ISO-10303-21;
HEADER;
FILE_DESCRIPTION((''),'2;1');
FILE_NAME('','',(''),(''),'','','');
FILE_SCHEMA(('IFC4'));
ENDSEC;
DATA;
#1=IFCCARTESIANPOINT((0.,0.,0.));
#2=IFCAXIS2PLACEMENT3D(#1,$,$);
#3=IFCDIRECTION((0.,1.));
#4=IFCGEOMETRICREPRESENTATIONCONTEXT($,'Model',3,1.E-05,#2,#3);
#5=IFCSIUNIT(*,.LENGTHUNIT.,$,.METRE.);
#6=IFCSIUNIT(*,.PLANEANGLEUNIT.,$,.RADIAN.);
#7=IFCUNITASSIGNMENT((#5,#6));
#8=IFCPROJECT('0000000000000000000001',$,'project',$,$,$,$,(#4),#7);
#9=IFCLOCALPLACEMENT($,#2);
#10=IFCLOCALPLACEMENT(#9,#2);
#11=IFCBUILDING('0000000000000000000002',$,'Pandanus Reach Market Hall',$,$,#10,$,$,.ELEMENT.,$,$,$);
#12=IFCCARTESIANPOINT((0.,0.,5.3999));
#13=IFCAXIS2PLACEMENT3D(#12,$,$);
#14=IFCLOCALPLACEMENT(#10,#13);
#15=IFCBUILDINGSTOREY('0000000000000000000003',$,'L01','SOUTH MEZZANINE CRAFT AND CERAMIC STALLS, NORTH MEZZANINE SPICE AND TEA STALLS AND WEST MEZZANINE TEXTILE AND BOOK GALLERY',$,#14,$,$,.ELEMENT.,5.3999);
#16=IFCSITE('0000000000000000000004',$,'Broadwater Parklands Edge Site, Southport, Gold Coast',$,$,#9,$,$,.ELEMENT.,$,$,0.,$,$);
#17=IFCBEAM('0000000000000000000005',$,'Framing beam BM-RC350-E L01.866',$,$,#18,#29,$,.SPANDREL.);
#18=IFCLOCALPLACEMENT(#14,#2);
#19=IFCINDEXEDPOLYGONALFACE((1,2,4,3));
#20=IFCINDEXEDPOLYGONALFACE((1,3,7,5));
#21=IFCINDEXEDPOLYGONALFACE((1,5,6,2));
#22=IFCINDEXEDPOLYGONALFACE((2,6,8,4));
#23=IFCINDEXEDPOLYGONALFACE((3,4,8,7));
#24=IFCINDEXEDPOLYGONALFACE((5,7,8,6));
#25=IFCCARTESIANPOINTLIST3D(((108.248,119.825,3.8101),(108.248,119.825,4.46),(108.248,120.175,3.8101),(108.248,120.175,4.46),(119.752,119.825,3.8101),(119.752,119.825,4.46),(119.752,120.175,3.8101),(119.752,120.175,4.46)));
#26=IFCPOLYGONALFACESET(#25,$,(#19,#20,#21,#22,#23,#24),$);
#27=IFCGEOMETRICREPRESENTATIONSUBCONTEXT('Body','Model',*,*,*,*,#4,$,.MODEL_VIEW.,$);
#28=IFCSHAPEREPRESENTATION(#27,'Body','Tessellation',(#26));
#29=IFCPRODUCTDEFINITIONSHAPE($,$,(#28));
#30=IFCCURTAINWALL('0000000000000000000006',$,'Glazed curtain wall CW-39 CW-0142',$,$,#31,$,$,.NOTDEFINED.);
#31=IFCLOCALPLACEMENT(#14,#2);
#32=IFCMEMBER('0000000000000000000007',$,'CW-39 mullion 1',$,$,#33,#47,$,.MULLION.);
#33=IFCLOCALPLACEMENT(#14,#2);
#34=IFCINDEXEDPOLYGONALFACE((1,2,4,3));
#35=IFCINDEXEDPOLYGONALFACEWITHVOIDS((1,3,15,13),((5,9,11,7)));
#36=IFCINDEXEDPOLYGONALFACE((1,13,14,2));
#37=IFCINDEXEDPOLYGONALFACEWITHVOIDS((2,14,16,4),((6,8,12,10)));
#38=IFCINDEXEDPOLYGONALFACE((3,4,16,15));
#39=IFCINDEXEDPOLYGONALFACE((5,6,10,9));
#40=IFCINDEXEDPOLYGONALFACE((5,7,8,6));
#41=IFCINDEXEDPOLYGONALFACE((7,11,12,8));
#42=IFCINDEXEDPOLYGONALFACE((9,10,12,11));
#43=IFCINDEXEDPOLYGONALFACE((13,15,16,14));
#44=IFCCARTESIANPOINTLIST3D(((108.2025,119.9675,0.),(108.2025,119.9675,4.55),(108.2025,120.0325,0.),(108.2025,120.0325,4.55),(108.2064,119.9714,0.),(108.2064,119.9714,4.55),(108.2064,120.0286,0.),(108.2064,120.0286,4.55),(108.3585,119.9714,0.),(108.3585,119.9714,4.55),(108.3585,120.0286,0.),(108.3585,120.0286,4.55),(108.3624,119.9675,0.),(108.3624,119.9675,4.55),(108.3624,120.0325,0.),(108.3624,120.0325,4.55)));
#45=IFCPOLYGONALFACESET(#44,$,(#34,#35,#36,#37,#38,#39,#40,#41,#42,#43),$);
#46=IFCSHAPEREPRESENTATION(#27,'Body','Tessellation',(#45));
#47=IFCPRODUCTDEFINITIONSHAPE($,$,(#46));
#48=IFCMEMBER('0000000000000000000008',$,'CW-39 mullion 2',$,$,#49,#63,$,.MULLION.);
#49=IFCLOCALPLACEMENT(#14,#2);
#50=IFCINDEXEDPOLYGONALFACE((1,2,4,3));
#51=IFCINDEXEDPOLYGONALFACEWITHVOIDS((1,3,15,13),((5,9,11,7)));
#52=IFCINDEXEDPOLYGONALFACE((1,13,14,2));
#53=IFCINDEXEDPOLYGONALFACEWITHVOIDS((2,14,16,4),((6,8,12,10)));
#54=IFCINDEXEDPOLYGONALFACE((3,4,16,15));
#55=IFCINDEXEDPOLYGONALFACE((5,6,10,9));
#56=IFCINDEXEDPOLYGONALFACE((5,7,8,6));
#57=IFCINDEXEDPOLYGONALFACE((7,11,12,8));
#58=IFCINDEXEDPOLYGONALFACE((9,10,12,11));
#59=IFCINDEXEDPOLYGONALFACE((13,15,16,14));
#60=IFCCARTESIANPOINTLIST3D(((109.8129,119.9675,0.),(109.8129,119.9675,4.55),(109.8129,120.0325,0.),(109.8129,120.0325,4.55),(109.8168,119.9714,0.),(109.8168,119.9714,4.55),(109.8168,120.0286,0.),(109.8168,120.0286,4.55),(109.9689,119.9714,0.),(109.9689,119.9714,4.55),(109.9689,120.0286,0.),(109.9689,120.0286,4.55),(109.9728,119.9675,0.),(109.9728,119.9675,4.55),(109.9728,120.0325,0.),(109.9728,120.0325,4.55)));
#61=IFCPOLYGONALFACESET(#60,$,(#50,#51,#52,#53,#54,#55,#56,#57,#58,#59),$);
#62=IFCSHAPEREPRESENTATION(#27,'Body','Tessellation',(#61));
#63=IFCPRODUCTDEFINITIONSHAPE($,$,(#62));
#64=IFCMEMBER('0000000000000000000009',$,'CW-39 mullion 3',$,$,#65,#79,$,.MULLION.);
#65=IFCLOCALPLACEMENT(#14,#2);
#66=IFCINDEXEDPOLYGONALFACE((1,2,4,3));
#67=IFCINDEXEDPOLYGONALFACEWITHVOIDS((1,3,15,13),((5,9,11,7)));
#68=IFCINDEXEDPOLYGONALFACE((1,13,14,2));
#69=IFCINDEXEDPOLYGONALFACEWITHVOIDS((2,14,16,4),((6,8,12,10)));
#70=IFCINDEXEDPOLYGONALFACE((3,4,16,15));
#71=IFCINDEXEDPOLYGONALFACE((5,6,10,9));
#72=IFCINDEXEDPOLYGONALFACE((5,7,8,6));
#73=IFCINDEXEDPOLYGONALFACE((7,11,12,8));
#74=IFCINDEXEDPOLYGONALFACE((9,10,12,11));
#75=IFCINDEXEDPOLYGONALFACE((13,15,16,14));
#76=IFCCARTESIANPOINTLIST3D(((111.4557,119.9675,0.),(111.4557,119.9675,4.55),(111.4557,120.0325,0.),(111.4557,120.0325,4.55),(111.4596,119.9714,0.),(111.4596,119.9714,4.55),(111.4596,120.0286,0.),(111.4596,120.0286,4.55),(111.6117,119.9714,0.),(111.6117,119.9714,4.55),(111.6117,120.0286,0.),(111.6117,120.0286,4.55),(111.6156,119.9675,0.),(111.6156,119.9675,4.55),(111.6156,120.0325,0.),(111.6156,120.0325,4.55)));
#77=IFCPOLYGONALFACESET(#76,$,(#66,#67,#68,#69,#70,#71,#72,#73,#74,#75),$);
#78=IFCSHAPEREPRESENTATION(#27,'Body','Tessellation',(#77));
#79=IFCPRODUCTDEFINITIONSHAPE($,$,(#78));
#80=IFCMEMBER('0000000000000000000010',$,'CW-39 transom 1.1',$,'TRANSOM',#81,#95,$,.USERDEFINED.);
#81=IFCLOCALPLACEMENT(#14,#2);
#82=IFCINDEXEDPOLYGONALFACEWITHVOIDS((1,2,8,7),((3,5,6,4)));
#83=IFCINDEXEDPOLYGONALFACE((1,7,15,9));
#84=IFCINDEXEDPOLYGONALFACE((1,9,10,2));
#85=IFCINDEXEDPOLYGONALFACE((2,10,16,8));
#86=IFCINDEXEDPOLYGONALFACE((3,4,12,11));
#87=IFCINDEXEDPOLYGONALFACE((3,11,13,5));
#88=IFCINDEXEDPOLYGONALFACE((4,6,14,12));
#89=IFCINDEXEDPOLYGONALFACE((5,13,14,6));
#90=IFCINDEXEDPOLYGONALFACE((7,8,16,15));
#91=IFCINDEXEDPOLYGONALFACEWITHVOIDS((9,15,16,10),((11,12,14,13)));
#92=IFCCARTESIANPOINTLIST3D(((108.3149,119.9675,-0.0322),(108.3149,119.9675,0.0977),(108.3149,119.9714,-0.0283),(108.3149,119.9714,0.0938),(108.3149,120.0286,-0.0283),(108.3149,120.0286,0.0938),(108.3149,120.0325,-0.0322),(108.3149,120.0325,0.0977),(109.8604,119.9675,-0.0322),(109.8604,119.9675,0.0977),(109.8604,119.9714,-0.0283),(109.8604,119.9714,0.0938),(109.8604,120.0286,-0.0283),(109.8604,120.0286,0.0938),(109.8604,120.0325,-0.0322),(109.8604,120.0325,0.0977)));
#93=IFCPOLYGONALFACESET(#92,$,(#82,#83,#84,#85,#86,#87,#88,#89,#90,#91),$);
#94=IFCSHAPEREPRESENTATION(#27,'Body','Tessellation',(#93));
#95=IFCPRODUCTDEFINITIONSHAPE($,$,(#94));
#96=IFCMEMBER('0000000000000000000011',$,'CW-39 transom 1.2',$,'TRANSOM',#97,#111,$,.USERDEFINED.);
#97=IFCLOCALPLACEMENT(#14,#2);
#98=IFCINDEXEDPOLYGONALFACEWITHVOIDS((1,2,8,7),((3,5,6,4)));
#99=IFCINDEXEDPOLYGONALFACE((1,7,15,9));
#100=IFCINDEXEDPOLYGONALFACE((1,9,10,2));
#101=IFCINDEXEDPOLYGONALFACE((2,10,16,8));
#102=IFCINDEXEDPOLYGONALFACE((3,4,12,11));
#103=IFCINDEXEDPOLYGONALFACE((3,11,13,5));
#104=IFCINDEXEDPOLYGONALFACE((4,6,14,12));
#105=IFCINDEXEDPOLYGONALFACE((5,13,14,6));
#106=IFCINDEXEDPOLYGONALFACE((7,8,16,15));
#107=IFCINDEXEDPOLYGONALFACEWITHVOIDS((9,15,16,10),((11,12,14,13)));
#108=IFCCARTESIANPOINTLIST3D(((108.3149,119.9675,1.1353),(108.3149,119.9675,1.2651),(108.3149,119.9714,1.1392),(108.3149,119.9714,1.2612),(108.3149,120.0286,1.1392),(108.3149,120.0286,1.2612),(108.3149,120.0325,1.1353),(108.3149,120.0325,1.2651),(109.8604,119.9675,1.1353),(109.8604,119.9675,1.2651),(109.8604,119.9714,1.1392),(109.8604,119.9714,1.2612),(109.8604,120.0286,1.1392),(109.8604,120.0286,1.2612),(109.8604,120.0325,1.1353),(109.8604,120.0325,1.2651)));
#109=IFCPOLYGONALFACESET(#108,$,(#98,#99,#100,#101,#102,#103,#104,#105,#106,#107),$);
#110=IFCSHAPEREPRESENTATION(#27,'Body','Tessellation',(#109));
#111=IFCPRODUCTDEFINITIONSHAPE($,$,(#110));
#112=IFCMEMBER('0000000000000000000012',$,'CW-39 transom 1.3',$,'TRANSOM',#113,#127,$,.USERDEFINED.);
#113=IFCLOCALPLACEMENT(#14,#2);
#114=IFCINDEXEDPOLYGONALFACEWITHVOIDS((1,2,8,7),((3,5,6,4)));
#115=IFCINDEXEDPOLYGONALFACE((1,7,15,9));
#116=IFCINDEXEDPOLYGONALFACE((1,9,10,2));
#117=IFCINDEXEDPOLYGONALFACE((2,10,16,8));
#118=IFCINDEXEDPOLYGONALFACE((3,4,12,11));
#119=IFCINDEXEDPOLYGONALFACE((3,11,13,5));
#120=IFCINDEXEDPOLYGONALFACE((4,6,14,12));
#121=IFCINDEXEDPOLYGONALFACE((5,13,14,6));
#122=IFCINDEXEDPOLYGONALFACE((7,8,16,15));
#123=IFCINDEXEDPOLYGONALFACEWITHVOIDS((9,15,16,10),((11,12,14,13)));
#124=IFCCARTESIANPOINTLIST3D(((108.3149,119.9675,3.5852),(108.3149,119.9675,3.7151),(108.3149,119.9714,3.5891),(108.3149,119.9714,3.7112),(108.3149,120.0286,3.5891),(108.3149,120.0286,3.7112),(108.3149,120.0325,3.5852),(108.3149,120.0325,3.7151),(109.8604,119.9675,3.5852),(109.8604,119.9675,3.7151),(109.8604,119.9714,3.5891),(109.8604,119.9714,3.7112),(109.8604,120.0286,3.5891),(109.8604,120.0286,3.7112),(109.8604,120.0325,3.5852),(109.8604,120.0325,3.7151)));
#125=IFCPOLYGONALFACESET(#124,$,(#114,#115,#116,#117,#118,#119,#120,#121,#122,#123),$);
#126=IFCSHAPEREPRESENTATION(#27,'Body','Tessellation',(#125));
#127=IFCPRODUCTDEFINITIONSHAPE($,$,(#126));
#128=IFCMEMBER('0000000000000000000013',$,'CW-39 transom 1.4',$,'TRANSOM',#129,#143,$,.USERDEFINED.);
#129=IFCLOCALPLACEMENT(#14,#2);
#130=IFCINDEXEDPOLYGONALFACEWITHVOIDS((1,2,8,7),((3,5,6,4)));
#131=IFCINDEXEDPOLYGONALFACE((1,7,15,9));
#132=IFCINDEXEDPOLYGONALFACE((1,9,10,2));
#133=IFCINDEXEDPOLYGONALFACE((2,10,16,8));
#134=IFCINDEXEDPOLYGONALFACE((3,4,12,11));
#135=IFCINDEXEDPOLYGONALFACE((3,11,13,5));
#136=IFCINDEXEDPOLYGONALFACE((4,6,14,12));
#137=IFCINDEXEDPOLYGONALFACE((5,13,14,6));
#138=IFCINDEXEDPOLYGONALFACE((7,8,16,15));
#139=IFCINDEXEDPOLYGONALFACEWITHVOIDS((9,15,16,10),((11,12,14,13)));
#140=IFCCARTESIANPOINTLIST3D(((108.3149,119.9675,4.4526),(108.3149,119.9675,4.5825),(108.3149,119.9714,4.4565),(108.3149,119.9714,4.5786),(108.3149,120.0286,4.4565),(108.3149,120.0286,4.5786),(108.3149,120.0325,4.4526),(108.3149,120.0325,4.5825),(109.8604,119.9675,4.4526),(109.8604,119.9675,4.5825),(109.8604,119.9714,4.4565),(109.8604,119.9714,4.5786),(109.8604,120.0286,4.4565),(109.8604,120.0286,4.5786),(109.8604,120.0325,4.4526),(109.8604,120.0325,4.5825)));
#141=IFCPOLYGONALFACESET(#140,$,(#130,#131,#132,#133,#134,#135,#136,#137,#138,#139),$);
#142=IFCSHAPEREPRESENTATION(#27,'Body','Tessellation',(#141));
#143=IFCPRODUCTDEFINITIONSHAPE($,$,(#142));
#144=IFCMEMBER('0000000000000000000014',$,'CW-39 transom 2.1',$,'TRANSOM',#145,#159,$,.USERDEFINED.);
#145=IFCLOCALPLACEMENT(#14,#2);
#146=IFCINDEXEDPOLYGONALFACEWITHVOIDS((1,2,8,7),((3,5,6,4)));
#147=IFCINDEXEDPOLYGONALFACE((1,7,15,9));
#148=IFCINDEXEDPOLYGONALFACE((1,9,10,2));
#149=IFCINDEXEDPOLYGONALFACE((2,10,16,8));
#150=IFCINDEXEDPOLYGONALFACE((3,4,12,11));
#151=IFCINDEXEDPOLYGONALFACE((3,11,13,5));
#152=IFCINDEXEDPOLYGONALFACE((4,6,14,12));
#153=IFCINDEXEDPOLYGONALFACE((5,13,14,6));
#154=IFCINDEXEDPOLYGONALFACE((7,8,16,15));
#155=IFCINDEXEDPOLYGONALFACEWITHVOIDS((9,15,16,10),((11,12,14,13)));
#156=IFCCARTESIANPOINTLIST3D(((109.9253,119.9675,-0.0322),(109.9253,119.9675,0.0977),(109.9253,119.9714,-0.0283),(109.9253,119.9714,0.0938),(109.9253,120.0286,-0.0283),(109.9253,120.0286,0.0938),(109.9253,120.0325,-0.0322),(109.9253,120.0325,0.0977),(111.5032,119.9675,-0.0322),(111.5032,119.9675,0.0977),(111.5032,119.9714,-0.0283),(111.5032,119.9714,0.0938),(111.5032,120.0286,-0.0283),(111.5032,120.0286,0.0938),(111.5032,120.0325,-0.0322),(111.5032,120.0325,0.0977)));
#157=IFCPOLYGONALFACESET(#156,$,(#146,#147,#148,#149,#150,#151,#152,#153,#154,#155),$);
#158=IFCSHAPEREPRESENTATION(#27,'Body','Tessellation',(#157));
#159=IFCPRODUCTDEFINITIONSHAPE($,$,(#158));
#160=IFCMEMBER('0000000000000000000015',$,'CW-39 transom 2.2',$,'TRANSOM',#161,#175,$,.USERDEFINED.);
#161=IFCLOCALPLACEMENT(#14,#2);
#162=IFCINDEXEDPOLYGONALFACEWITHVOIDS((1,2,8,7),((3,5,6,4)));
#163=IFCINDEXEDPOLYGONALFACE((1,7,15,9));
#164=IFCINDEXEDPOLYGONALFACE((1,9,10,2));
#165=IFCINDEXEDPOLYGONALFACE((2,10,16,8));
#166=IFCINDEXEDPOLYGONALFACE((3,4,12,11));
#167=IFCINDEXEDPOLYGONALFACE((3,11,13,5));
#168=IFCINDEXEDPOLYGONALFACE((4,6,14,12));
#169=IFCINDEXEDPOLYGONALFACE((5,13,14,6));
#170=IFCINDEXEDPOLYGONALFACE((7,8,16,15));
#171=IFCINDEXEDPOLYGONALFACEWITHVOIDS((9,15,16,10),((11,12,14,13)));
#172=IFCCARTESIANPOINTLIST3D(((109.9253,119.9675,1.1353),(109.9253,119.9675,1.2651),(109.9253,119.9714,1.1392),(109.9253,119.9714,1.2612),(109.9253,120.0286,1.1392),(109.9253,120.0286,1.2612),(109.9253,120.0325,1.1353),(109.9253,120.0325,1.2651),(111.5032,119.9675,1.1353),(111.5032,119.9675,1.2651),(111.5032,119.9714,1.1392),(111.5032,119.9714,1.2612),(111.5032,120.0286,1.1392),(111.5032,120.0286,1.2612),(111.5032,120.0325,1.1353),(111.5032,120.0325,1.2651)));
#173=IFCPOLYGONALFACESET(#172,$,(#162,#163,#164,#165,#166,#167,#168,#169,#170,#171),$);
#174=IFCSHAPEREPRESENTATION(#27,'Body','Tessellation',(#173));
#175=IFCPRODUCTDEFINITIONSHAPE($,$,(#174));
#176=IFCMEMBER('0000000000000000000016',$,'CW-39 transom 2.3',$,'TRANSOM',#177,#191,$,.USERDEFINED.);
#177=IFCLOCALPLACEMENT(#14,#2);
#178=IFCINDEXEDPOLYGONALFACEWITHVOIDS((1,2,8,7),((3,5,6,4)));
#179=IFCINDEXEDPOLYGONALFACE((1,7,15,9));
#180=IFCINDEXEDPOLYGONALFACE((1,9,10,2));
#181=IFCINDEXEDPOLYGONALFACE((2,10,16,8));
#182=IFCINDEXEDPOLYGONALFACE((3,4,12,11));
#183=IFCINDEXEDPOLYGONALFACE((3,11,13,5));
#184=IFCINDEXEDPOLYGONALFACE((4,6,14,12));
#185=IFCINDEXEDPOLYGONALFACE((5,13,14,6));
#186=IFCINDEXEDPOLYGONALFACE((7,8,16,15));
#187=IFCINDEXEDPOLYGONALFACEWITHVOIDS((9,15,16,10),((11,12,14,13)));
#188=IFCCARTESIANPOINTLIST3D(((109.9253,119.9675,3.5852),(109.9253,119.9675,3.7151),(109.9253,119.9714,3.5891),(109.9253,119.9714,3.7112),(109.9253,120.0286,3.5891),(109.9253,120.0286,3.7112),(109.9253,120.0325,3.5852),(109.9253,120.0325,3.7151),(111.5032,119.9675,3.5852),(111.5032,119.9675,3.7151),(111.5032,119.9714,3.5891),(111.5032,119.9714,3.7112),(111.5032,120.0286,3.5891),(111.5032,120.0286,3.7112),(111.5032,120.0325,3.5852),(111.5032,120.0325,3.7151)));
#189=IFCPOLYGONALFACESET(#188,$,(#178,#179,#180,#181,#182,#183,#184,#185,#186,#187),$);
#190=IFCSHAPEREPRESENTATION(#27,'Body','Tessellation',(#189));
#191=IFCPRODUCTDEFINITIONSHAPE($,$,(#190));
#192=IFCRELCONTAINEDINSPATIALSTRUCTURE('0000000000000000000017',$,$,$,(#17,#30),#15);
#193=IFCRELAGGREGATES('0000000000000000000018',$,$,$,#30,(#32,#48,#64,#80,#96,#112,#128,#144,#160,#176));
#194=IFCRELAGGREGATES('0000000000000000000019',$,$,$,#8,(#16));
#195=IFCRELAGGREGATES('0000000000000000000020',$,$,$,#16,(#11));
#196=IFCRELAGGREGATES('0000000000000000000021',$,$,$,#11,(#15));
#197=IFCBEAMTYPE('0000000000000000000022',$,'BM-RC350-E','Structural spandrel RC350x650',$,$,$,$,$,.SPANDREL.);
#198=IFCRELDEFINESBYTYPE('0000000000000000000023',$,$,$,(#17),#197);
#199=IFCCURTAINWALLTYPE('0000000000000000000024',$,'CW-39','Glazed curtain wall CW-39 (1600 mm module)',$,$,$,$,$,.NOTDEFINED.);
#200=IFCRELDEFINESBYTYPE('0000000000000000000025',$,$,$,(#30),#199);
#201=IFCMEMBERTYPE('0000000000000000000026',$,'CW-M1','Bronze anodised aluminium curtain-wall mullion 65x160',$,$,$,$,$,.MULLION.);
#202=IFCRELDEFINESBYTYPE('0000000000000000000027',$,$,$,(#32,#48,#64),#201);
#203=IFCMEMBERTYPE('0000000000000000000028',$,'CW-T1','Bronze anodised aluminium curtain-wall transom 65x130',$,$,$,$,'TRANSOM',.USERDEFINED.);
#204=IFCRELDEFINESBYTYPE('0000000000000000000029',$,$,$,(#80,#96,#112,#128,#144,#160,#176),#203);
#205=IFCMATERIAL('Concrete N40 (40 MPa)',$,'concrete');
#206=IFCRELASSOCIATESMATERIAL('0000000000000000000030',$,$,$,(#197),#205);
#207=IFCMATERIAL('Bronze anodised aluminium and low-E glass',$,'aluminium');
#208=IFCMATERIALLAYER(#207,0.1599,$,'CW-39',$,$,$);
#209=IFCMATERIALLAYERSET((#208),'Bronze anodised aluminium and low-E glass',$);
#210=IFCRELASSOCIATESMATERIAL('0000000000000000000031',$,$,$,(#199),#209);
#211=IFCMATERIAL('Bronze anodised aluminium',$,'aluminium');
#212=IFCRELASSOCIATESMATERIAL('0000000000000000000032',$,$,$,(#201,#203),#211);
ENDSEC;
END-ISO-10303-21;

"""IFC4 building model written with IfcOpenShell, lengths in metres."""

from ifc_helpers import new_model, si_unit, direction, frame, origin, origin_2d, place, context, subcontext, project, spatial, rectangle, hollow_rectangle, extrude, material, layer, layer_set, material_profile, profile_set, type_object, element, aggregate, save


model = new_model("IFC4")

# Units and contexts
model_context = context("Model", 3, precision=1e-05, world=origin(), true_north=direction((0.0, 1.0)))
body_context = subcontext(model_context, "Body", "Model", "MODEL_VIEW")
ifc_project = project(units=[si_unit("LENGTHUNIT", "METRE"), si_unit("PLANEANGLEUNIT", "RADIAN")], contexts=[model_context])

# Site, building, storey
site_placement = place(None, origin())
site = spatial("IfcSite", under=ifc_project, at=site_placement, Name="Broadwater Parklands Edge Site, Southport, Gold Coast", CompositionType="ELEMENT", RefElevation=0.0)
building_placement = place(site_placement, origin())
building = spatial("IfcBuilding", under=site, at=building_placement, Name="Pandanus Reach Market Hall", CompositionType="ELEMENT")
storey_placement = place(building_placement, frame((0.0, 0.0, 5.3999)))
storey = spatial("IfcBuildingStorey", under=building, at=storey_placement, Name="L01", Description="SOUTH MEZZANINE CRAFT AND CERAMIC STALLS, NORTH MEZZANINE SPICE AND TEA STALLS AND WEST MEZZANINE TEXTILE AND BOOK GALLERY", CompositionType="ELEMENT", Elevation=5.3999)

# Beam
ifc_material_1 = material(Name="Concrete N40 (40 MPa)", Category="concrete")
ifc_material_profile_1 = material_profile(ifc_material_1, rectangle(XDim=0.3501, YDim=0.6499, at=origin_2d()), Name="RC350x650", Category="LoadBearing")
ifc_profile_set_1 = profile_set([ifc_material_profile_1], Name="Concrete N40 (40 MPa)")
beam_type = type_object("IfcBeamType", Name="BM-RC350-E", Description="Structural spandrel RC350x650", PredefinedType="SPANDREL", material=ifc_profile_set_1)
beam_placement = place(storey_placement, frame((108.248, 120.0, 4.135), z_axis=(1.0, 0.0, 0.0), x_axis=(0.0, 1.0, 0.0)))
element("IfcBeam", 1, at=beam_placement, inside=storey, type_object=beam_type, Name="Framing beam BM-RC350-E L01.866", PredefinedType="SPANDREL", context=body_context, shape_type="SweptSolid", body=[
    extrude(rectangle(XDim=0.3501, YDim=0.6499, at=origin_2d()), origin(), (0.0, 0.0, 1.0), 11.5039),
])

# Curtain wall, members
ifc_material_2 = material(Name="Bronze anodised aluminium and low-E glass", Category="aluminium")
ifc_layer_1 = layer(ifc_material_2, 0.1599, Name="CW-39")
ifc_layer_set_1 = layer_set([ifc_layer_1], Name="Bronze anodised aluminium and low-E glass")
curtain_wall_type = type_object("IfcCurtainWallType", Name="CW-39", Description="Glazed curtain wall CW-39 (1600 mm module)", PredefinedType="NOTDEFINED", material=ifc_layer_set_1)
curtain_wall_placement = place(storey_placement, origin())
curtain_wall = element("IfcCurtainWall", 2, at=curtain_wall_placement, inside=storey, type_object=curtain_wall_type, Name="Glazed curtain wall CW-39 CW-0142", PredefinedType="NOTDEFINED")
ifc_material_3 = material(Name="Bronze anodised aluminium", Category="aluminium")
ifc_material_profile_2 = material_profile(ifc_material_3, hollow_rectangle(XDim=0.0649, YDim=0.1599, WallThickness=0.0039, at=origin_2d()), Name="ALU65x160", Category="LoadBearing")
ifc_profile_set_2 = profile_set([ifc_material_profile_2], Name="Bronze anodised aluminium")
member_type_1 = type_object("IfcMemberType", Name="CW-M1", Description="Bronze anodised aluminium curtain-wall mullion 65x160", PredefinedType="MULLION", material=ifc_profile_set_2)
member_1_placement = place(storey_placement, frame((108.2825, 120.0, 0.0), z_axis=(0.0, 0.0, 1.0), x_axis=(0.0, 1.0, 0.0)))
member_1 = element("IfcMember", 3, at=member_1_placement, type_object=member_type_1, Name="CW-39 mullion 1", PredefinedType="MULLION", context=body_context, shape_type="SweptSolid", body=[
    extrude(hollow_rectangle(XDim=0.0649, YDim=0.1599, WallThickness=0.0039, at=origin_2d()), origin(), (0.0, 0.0, 1.0), 4.55),
])
member_2_placement = place(storey_placement, frame((109.8928, 120.0, 0.0), z_axis=(0.0, 0.0, 1.0), x_axis=(0.0, 1.0, 0.0)))
member_2 = element("IfcMember", 4, at=member_2_placement, type_object=member_type_1, Name="CW-39 mullion 2", PredefinedType="MULLION", context=body_context, shape_type="SweptSolid", body=[
    extrude(hollow_rectangle(XDim=0.0649, YDim=0.1599, WallThickness=0.0039, at=origin_2d()), origin(), (0.0, 0.0, 1.0), 4.55),
])
member_3_placement = place(storey_placement, frame((111.5356, 120.0, 0.0), z_axis=(0.0, 0.0, 1.0), x_axis=(0.0, 1.0, 0.0)))
member_3 = element("IfcMember", 5, at=member_3_placement, type_object=member_type_1, Name="CW-39 mullion 3", PredefinedType="MULLION", context=body_context, shape_type="SweptSolid", body=[
    extrude(hollow_rectangle(XDim=0.0649, YDim=0.1599, WallThickness=0.0039, at=origin_2d()), origin(), (0.0, 0.0, 1.0), 4.55),
])
ifc_material_profile_3 = material_profile(ifc_material_3, hollow_rectangle(XDim=0.0649, YDim=0.1299, WallThickness=0.0039, at=origin_2d()), Name="ALU65x130", Category="LoadBearing")
ifc_profile_set_3 = profile_set([ifc_material_profile_3], Name="Bronze anodised aluminium")
member_type_2 = type_object("IfcMemberType", Name="CW-T1", Description="Bronze anodised aluminium curtain-wall transom 65x130", ElementType="TRANSOM", PredefinedType="USERDEFINED", material=ifc_profile_set_3)
member_4_placement = place(storey_placement, frame((108.3149, 120.0, 0.0327), z_axis=(1.0, 0.0, 0.0), x_axis=(0.0, 1.0, 0.0)))
member_4 = element("IfcMember", 6, at=member_4_placement, type_object=member_type_2, Name="CW-39 transom 1.1", ObjectType="TRANSOM", PredefinedType="USERDEFINED", context=body_context, shape_type="SweptSolid", body=[
    extrude(hollow_rectangle(XDim=0.0649, YDim=0.1299, WallThickness=0.0039, at=origin_2d()), origin(), (0.0, 0.0, 1.0), 1.5454),
])
member_5_placement = place(storey_placement, frame((108.3149, 120.0, 1.2002), z_axis=(1.0, 0.0, 0.0), x_axis=(0.0, 1.0, 0.0)))
member_5 = element("IfcMember", 7, at=member_5_placement, type_object=member_type_2, Name="CW-39 transom 1.2", ObjectType="TRANSOM", PredefinedType="USERDEFINED", context=body_context, shape_type="SweptSolid", body=[
    extrude(hollow_rectangle(XDim=0.0649, YDim=0.1299, WallThickness=0.0039, at=origin_2d()), origin(), (0.0, 0.0, 1.0), 1.5454),
])
member_6_placement = place(storey_placement, frame((108.3149, 120.0, 3.6501), z_axis=(1.0, 0.0, 0.0), x_axis=(0.0, 1.0, 0.0)))
member_6 = element("IfcMember", 8, at=member_6_placement, type_object=member_type_2, Name="CW-39 transom 1.3", ObjectType="TRANSOM", PredefinedType="USERDEFINED", context=body_context, shape_type="SweptSolid", body=[
    extrude(hollow_rectangle(XDim=0.0649, YDim=0.1299, WallThickness=0.0039, at=origin_2d()), origin(), (0.0, 0.0, 1.0), 1.5454),
])
member_7_placement = place(storey_placement, frame((108.3149, 120.0, 4.5176), z_axis=(1.0, 0.0, 0.0), x_axis=(0.0, 1.0, 0.0)))
member_7 = element("IfcMember", 9, at=member_7_placement, type_object=member_type_2, Name="CW-39 transom 1.4", ObjectType="TRANSOM", PredefinedType="USERDEFINED", context=body_context, shape_type="SweptSolid", body=[
    extrude(hollow_rectangle(XDim=0.0649, YDim=0.1299, WallThickness=0.0039, at=origin_2d()), origin(), (0.0, 0.0, 1.0), 1.5454),
])
member_8_placement = place(storey_placement, frame((109.9253, 120.0, 0.0327), z_axis=(1.0, 0.0, 0.0), x_axis=(0.0, 1.0, 0.0)))
member_8 = element("IfcMember", 10, at=member_8_placement, type_object=member_type_2, Name="CW-39 transom 2.1", ObjectType="TRANSOM", PredefinedType="USERDEFINED", context=body_context, shape_type="SweptSolid", body=[
    extrude(hollow_rectangle(XDim=0.0649, YDim=0.1299, WallThickness=0.0039, at=origin_2d()), origin(), (0.0, 0.0, 1.0), 1.5779),
])
member_9_placement = place(storey_placement, frame((109.9253, 120.0, 1.2002), z_axis=(1.0, 0.0, 0.0), x_axis=(0.0, 1.0, 0.0)))
member_9 = element("IfcMember", 11, at=member_9_placement, type_object=member_type_2, Name="CW-39 transom 2.2", ObjectType="TRANSOM", PredefinedType="USERDEFINED", context=body_context, shape_type="SweptSolid", body=[
    extrude(hollow_rectangle(XDim=0.0649, YDim=0.1299, WallThickness=0.0039, at=origin_2d()), origin(), (0.0, 0.0, 1.0), 1.5779),
])
member_10_placement = place(storey_placement, frame((109.9253, 120.0, 3.6501), z_axis=(1.0, 0.0, 0.0), x_axis=(0.0, 1.0, 0.0)))
member_10 = element("IfcMember", 12, at=member_10_placement, type_object=member_type_2, Name="CW-39 transom 2.3", ObjectType="TRANSOM", PredefinedType="USERDEFINED", context=body_context, shape_type="SweptSolid", body=[
    extrude(hollow_rectangle(XDim=0.0649, YDim=0.1299, WallThickness=0.0039, at=origin_2d()), origin(), (0.0, 0.0, 1.0), 1.5779),
])
aggregate(curtain_wall, [member_1, member_2, member_3, member_4, member_5, member_6, member_7, member_8, member_9, member_10])

save(model, "model.ifc")
